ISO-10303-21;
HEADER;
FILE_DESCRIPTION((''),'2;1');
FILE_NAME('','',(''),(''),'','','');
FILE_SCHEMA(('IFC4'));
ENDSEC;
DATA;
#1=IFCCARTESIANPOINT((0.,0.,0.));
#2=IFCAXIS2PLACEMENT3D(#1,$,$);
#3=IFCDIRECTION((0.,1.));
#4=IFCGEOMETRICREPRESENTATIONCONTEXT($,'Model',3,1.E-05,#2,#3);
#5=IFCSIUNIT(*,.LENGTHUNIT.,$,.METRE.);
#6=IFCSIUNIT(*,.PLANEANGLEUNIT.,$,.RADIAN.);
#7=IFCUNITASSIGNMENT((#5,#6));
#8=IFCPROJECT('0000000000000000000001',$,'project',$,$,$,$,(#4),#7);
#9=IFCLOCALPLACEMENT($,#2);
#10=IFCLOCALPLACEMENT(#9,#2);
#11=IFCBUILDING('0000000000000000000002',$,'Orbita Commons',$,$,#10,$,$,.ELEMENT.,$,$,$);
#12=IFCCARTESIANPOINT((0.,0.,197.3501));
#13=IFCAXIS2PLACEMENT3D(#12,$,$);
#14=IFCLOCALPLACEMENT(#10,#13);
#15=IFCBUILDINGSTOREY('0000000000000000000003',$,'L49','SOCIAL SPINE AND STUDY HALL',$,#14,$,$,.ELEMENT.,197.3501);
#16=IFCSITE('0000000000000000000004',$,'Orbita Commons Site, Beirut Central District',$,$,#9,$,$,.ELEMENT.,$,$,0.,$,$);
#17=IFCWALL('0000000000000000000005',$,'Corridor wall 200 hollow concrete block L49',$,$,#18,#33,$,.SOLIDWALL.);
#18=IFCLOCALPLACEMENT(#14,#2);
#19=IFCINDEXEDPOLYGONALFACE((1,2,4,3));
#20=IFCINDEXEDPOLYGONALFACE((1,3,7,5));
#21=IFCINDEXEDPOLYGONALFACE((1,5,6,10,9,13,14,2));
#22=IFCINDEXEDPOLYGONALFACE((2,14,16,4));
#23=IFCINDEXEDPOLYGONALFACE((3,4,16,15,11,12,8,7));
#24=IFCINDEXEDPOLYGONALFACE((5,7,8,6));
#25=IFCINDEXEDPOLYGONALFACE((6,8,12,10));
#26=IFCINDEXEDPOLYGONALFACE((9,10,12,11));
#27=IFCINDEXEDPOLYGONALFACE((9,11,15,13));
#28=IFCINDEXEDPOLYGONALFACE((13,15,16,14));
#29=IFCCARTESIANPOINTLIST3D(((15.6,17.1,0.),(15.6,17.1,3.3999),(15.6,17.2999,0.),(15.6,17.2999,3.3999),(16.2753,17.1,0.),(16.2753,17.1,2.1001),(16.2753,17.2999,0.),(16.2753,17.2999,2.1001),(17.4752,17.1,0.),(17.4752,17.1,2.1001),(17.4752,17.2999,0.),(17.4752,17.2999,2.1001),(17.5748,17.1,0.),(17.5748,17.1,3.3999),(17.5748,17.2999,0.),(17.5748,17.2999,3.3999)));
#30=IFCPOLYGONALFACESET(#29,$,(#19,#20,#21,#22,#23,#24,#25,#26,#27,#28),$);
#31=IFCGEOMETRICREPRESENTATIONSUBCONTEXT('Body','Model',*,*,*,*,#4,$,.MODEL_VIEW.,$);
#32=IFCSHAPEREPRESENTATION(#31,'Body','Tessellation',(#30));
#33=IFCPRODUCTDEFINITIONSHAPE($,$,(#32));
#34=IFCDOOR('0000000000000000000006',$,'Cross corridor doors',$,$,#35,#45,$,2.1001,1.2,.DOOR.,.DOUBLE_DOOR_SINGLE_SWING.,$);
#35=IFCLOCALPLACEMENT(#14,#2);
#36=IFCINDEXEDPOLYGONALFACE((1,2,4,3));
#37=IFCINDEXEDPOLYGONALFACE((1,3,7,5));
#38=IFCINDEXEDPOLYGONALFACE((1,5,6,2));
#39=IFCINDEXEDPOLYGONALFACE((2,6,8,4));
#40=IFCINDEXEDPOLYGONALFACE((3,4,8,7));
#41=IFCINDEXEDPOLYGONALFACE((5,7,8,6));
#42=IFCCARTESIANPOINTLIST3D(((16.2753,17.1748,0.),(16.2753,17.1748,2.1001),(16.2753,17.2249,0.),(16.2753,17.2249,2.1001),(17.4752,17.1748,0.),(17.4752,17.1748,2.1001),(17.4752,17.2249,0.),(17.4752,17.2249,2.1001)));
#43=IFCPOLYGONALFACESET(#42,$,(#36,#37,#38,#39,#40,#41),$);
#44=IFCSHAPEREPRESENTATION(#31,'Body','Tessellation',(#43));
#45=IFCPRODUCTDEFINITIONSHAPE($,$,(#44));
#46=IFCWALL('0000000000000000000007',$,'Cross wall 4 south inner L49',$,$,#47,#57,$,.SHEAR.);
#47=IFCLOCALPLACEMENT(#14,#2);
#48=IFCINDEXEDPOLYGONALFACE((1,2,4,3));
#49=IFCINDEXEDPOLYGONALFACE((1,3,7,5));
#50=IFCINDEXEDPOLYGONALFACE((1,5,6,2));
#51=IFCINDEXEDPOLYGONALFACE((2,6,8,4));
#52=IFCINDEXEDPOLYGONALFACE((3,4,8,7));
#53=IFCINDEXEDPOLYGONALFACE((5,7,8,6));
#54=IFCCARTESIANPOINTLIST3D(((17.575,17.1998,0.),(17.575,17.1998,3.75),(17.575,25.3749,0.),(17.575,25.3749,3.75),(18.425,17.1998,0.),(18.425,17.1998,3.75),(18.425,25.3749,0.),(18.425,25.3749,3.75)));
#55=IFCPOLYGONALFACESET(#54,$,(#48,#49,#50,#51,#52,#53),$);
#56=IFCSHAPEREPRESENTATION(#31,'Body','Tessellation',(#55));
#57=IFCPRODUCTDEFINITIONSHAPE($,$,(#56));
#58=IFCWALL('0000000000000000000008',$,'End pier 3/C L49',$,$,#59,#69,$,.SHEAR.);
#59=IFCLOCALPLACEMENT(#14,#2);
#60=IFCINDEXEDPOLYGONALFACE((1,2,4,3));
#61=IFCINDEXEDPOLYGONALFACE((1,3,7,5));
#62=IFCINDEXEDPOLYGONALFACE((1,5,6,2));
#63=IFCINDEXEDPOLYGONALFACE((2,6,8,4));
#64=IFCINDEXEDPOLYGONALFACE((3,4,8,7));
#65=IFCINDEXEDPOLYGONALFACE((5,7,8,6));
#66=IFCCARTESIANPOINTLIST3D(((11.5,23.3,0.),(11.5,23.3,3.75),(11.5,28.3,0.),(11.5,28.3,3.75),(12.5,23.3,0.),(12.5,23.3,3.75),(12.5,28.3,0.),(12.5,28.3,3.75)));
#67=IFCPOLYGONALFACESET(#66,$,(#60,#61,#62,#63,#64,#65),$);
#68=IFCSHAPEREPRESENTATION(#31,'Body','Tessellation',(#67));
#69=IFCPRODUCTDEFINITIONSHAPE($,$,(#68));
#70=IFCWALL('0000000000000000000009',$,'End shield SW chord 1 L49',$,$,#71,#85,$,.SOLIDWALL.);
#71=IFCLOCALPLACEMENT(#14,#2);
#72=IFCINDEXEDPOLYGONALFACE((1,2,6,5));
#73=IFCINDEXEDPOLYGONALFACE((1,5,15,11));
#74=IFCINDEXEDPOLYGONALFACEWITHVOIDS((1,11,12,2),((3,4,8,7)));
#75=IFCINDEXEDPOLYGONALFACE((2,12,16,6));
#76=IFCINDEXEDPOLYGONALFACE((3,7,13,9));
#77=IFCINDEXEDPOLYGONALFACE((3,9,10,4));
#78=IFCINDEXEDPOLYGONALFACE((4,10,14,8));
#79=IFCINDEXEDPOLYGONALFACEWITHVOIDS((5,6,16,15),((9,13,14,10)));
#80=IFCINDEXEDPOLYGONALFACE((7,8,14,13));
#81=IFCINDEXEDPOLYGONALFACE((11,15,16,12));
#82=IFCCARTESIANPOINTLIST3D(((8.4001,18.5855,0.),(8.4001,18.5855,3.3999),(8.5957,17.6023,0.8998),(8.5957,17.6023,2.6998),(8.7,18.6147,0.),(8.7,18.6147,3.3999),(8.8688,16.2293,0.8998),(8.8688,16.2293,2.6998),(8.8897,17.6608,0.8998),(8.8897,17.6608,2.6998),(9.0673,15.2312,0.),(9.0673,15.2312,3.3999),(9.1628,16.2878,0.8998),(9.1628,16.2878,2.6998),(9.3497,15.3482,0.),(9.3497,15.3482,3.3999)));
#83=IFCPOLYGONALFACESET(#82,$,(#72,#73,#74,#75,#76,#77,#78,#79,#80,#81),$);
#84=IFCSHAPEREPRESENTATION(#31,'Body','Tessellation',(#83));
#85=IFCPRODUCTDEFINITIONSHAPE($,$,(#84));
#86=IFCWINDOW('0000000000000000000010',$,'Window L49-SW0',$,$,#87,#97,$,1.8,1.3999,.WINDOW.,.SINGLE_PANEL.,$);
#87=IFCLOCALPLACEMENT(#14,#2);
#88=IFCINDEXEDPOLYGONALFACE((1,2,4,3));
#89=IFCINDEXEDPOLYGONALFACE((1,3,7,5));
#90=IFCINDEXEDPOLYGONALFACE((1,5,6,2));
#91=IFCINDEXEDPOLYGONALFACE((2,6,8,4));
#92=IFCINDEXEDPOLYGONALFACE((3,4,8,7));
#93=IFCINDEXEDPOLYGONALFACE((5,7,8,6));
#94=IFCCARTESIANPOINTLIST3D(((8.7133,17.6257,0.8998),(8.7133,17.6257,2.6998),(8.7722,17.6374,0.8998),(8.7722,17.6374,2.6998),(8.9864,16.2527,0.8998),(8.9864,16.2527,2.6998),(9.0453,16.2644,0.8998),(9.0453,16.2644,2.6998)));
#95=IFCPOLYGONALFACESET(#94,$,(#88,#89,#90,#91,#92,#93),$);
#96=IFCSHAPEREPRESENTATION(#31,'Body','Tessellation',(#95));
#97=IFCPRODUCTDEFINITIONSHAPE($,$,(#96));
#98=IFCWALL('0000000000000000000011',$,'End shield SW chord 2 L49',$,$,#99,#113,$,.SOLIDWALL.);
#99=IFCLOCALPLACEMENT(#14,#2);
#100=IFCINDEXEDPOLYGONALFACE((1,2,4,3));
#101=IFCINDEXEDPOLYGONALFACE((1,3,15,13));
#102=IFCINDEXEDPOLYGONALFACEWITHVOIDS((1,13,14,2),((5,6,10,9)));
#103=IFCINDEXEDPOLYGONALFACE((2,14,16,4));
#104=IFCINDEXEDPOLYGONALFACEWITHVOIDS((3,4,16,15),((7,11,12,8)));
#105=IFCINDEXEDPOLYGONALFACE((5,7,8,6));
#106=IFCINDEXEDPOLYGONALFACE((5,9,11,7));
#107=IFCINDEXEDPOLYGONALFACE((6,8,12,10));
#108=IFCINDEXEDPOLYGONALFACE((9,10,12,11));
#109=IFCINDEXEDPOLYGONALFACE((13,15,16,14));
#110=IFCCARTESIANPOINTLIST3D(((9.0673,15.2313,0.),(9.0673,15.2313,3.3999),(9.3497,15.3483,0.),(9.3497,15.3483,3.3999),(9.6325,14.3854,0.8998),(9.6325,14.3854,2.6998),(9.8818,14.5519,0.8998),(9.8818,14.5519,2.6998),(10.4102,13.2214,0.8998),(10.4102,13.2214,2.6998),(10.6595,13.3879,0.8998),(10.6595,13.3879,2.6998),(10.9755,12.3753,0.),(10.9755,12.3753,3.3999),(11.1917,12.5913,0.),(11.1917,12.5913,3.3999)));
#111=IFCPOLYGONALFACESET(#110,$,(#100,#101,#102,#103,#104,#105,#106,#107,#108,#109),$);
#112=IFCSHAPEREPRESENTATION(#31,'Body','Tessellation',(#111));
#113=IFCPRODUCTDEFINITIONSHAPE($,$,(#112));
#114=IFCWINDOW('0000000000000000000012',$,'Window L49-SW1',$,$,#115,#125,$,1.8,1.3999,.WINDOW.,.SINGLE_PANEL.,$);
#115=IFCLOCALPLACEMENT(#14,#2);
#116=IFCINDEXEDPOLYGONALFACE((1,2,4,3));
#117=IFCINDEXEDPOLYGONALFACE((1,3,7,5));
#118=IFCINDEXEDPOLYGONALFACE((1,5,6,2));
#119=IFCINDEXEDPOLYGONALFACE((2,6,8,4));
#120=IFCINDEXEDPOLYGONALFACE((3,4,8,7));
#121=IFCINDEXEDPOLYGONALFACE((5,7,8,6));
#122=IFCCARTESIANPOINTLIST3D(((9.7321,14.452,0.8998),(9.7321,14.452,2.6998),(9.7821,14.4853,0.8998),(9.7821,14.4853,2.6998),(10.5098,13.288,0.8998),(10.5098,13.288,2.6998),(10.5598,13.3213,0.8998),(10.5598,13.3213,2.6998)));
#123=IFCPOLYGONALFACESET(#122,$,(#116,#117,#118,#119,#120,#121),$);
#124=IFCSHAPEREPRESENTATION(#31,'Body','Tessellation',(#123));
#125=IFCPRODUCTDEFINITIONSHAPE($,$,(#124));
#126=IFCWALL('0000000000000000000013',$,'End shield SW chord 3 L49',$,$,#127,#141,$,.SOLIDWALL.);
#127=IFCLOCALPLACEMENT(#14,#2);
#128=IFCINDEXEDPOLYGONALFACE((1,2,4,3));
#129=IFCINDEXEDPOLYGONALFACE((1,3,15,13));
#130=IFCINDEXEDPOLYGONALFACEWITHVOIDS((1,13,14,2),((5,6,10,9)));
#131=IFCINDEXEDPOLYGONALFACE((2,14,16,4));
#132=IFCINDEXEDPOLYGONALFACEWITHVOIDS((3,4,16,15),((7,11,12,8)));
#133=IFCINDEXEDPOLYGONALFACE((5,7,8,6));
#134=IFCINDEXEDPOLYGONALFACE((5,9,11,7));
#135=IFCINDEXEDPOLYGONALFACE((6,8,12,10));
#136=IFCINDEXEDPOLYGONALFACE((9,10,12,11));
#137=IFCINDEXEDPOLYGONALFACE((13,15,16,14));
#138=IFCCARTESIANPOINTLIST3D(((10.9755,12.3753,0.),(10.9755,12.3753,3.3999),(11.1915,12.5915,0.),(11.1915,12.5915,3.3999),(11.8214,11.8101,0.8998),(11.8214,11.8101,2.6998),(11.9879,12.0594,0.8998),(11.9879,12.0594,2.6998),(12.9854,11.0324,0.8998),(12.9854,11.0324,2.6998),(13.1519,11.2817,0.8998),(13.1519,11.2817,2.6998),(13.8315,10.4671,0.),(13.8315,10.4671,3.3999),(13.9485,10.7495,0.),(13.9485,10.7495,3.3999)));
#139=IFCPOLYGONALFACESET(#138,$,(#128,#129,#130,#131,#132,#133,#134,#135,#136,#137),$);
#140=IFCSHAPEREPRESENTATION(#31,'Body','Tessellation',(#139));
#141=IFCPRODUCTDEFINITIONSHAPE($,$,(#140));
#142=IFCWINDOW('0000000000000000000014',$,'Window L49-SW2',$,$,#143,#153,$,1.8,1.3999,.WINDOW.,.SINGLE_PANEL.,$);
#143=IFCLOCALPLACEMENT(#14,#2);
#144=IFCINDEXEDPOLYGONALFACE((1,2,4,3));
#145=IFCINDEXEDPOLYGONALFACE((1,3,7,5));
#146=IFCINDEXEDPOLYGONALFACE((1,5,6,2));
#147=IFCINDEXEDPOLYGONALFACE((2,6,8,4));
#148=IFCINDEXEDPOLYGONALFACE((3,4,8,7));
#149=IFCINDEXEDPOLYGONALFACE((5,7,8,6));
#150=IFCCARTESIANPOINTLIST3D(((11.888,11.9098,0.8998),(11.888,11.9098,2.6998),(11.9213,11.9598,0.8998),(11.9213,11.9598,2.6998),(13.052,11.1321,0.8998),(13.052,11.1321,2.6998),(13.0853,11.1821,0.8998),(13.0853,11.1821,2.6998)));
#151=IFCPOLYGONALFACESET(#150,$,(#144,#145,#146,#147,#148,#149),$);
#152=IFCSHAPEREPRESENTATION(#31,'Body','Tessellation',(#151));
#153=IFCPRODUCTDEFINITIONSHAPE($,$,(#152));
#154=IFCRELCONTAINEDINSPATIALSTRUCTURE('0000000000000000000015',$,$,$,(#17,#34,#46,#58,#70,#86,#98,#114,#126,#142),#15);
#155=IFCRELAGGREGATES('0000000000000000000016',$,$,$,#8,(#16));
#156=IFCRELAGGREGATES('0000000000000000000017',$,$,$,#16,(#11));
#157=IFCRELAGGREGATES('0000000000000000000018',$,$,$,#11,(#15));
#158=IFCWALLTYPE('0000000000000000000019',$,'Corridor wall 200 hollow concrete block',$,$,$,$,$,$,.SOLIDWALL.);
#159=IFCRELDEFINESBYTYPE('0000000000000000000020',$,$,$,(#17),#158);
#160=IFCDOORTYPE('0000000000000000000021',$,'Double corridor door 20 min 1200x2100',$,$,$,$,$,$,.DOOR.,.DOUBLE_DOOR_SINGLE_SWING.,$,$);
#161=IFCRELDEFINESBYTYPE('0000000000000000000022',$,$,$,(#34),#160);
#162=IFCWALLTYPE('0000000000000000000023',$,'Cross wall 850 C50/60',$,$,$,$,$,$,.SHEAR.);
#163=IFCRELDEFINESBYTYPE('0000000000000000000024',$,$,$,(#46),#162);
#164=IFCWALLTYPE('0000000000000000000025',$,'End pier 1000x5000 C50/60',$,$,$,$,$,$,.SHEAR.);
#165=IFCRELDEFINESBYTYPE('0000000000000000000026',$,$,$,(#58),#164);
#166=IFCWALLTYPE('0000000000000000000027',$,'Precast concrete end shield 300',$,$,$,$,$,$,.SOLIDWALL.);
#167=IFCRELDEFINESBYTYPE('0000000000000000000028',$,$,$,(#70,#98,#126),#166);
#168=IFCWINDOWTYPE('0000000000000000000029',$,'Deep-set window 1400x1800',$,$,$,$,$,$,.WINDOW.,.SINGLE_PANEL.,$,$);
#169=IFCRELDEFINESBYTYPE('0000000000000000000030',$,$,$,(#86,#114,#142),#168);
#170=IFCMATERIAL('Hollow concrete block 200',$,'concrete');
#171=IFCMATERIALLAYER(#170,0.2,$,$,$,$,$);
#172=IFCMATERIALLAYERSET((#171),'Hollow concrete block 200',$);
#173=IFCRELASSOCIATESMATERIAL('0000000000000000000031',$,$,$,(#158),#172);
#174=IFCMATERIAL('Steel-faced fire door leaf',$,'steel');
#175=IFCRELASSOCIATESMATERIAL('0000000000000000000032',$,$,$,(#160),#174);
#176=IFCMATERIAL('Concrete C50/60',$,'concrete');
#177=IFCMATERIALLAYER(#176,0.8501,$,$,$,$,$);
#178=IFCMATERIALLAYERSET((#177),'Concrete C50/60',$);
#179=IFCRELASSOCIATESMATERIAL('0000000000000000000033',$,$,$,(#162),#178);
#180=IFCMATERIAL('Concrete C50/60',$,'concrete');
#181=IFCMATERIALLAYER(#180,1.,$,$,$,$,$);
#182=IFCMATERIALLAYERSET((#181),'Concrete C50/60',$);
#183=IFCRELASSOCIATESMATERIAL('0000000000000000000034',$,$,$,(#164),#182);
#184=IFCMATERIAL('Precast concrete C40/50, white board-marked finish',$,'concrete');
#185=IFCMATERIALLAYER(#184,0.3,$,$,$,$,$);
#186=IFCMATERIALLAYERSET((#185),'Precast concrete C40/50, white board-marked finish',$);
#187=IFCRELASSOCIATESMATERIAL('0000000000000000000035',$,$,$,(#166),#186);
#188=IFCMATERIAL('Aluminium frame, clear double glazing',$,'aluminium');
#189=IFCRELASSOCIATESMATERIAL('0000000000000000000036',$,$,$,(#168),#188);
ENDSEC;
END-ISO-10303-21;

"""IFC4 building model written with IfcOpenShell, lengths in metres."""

from ifc_helpers import new_model, si_unit, direction, frame, frame_2d, origin, place, context, subcontext, project, spatial, polyline, rectangle, outline, extrude, material, layer, layer_set, type_object, element, fill, save


model = new_model("IFC4")

# Units and contexts
model_context = context("Model", 3, precision=1e-05, world=origin(), true_north=direction((0.0, 1.0)))
body_context = subcontext(model_context, "Body", "Model", "MODEL_VIEW")
ifc_project = project(units=[si_unit("LENGTHUNIT", "METRE"), si_unit("PLANEANGLEUNIT", "RADIAN")], contexts=[model_context])

# Site, building, storey
site_placement = place(None, origin())
site = spatial("IfcSite", under=ifc_project, at=site_placement, Name="Orbita Commons Site, Beirut Central District", CompositionType="ELEMENT", RefElevation=0.0)
building_placement = place(site_placement, origin())
building = spatial("IfcBuilding", under=site, at=building_placement, Name="Orbita Commons", CompositionType="ELEMENT")
storey_placement = place(building_placement, frame((0.0, 0.0, 197.3501)))
storey = spatial("IfcBuildingStorey", under=building, at=storey_placement, Name="L49", Description="SOCIAL SPINE AND STUDY HALL", CompositionType="ELEMENT", Elevation=197.3501)

# Wall, opening, door
ifc_material_1 = material(Name="Hollow concrete block 200", Category="concrete")
ifc_layer_1 = layer(ifc_material_1, 0.2)
ifc_layer_set_1 = layer_set([ifc_layer_1], Name="Hollow concrete block 200")
wall_type_1 = type_object("IfcWallType", Name="Corridor wall 200 hollow concrete block", PredefinedType="SOLIDWALL", material=ifc_layer_set_1)
wall_1_placement = place(storey_placement, frame((15.6001, 17.2, 0.0), z_axis=(0.0, 0.0, 1.0), x_axis=(1.0, 0.0, 0.0)))
wall_1 = element("IfcWall", 1, at=wall_1_placement, inside=storey, type_object=wall_type_1, Name="Corridor wall 200 hollow concrete block L49", PredefinedType="SOLIDWALL", context=body_context, shape_type="SweptSolid", body=[
    extrude(rectangle(XDim=1.9749, YDim=0.2, at=frame_2d((0.9873, 0.0))), origin(), (0.0, 0.0, 1.0), 3.3999),
])
opening_1_placement = place(wall_1_placement, frame((0.675, 0.0, 0.0)))
opening_1 = element("IfcOpeningElement", 2, at=opening_1_placement, cuts=wall_1, PredefinedType="OPENING", context=body_context, shape_type="SweptSolid", body=[
    extrude(rectangle(XDim=1.2, YDim=2.1001, at=frame_2d((0.6001, 1.05))), frame((0.0, 0.1099, 0.0), z_axis=(0.0, -1.0, 0.0), x_axis=(1.0, 0.0, 0.0)), (0.0, 0.0, 1.0), 0.22),
])
ifc_material_2 = material(Name="Steel-faced fire door leaf", Category="steel")
door_type_1 = type_object("IfcDoorType", Name="Double corridor door 20 min 1200x2100", OperationType="DOUBLE_DOOR_SINGLE_SWING", PredefinedType="DOOR", material=ifc_material_2)
door_1_placement = place(opening_1_placement, origin())
door_1 = element("IfcDoor", 3, at=door_1_placement, inside=storey, type_object=door_type_1, Name="Cross corridor doors", OperationType="DOUBLE_DOOR_SINGLE_SWING", OverallHeight=2.1001, OverallWidth=1.2, PredefinedType="DOOR", context=body_context, shape_type="SweptSolid", body=[
    extrude(rectangle(XDim=1.2, YDim=2.1001, at=frame_2d((0.6001, 1.05))), frame((0.0, 0.0249, 0.0), z_axis=(0.0, -1.0, 0.0), x_axis=(1.0, 0.0, 0.0)), (0.0, 0.0, 1.0), 0.05),
])
fill(opening_1, door_1)

# Walls
ifc_material_3 = material(Name="Concrete C50/60", Category="concrete")
ifc_layer_2 = layer(ifc_material_3, 0.8501)
ifc_layer_set_2 = layer_set([ifc_layer_2], Name="Concrete C50/60")
wall_type_2 = type_object("IfcWallType", Name="Cross wall 850 C50/60", PredefinedType="SHEAR", material=ifc_layer_set_2)
wall_2_placement = place(storey_placement, frame((18.0, 17.2, 0.0), z_axis=(0.0, 0.0, 1.0), x_axis=(0.0, 1.0, 0.0)))
element("IfcWall", 4, at=wall_2_placement, inside=storey, type_object=wall_type_2, Name="Cross wall 4 south inner L49", PredefinedType="SHEAR", context=body_context, shape_type="SweptSolid", body=[
    extrude(rectangle(XDim=8.175, YDim=0.8501, at=frame_2d((4.0874, 0.0))), origin(), (0.0, 0.0, 1.0), 3.75),
])
ifc_material_4 = material(Name="Concrete C50/60", Category="concrete")
ifc_layer_3 = layer(ifc_material_4, 1.0)
ifc_layer_set_3 = layer_set([ifc_layer_3], Name="Concrete C50/60")
wall_type_3 = type_object("IfcWallType", Name="End pier 1000x5000 C50/60", PredefinedType="SHEAR", material=ifc_layer_set_3)
wall_3_placement = place(storey_placement, frame((12.0, 23.3, 0.0), z_axis=(0.0, 0.0, 1.0), x_axis=(0.0, 1.0, 0.0)))
element("IfcWall", 5, at=wall_3_placement, inside=storey, type_object=wall_type_3, Name="End pier 3/C L49", PredefinedType="SHEAR", context=body_context, shape_type="SweptSolid", body=[
    extrude(rectangle(XDim=5.0, YDim=1.0, at=frame_2d((2.5, 0.0))), origin(), (0.0, 0.0, 1.0), 3.75),
])

# Walls, openings, windows
ifc_material_5 = material(Name="Precast concrete C40/50, white board-marked finish", Category="concrete")
ifc_layer_4 = layer(ifc_material_5, 0.3)
ifc_layer_set_4 = layer_set([ifc_layer_4], Name="Precast concrete C40/50, white board-marked finish")
wall_type_4 = type_object("IfcWallType", Name="Precast concrete end shield 300", PredefinedType="SOLIDWALL", material=ifc_layer_set_4)
wall_4_placement = place(storey_placement, frame((8.55, 18.6001, 0.0), z_axis=(0.0, 0.0, 1.0), x_axis=(0.195087, -0.980786, 0.0)))
wall_4 = element("IfcWall", 6, at=wall_4_placement, inside=storey, type_object=wall_type_4, Name="End shield SW chord 1 L49", PredefinedType="SOLIDWALL", context=body_context, shape_type="SweptSolid", body=[
    extrude(outline(polyline([(-0.0149, -0.1499), (3.405, -0.1499), (3.3455, 0.1499), (0.0149, 0.1499), (-0.0149, -0.1499)])), origin(), (0.0, 0.0, 1.0), 3.3999),
])
opening_2_placement = place(wall_4_placement, frame((0.9875, 0.0, 0.8999)))
opening_2 = element("IfcOpeningElement", 7, at=opening_2_placement, cuts=wall_4, PredefinedType="OPENING", context=body_context, shape_type="SweptSolid", body=[
    extrude(rectangle(XDim=1.3999, YDim=1.8, at=frame_2d((0.7, 0.8999))), frame((0.0, 0.1599, 0.0), z_axis=(0.0, -1.0, 0.0), x_axis=(1.0, 0.0, 0.0)), (0.0, 0.0, 1.0), 0.3201),
])
ifc_material_6 = material(Name="Aluminium frame, clear double glazing", Category="aluminium")
window_type = type_object("IfcWindowType", Name="Deep-set window 1400x1800", PartitioningType="SINGLE_PANEL", PredefinedType="WINDOW", material=ifc_material_6)
window_1_placement = place(opening_2_placement, origin())
window_1 = element("IfcWindow", 8, at=window_1_placement, inside=storey, type_object=window_type, Name="Window L49-SW0", OverallHeight=1.8, OverallWidth=1.3999, PartitioningType="SINGLE_PANEL", PredefinedType="WINDOW", context=body_context, shape_type="SweptSolid", body=[
    extrude(rectangle(XDim=1.3999, YDim=1.8, at=frame_2d((0.7, 0.8999))), frame((0.0, 0.03, 0.0), z_axis=(0.0, -1.0, 0.0), x_axis=(1.0, 0.0, 0.0)), (0.0, 0.0, 1.0), 0.0601),
])
fill(opening_2, window_1)
wall_5_placement = place(storey_placement, frame((9.2085, 15.2898, 0.0), z_axis=(0.0, 0.0, 1.0), x_axis=(0.555535, -0.831493, 0.0)))
wall_5 = element("IfcWall", 9, at=wall_5_placement, inside=storey, type_object=wall_type_4, Name="End shield SW chord 2 L49", PredefinedType="SOLIDWALL", context=body_context, shape_type="SweptSolid", body=[
    extrude(outline(polyline([(-0.0298, -0.1499), (3.405, -0.1499), (3.3455, 0.1499), (0.0298, 0.1499), (-0.0298, -0.1499)])), origin(), (0.0, 0.0, 1.0), 3.3999),
])
opening_3_placement = place(wall_5_placement, frame((0.9875, 0.0, 0.8999)))
opening_3 = element("IfcOpeningElement", 10, at=opening_3_placement, cuts=wall_5, PredefinedType="OPENING", context=body_context, shape_type="SweptSolid", body=[
    extrude(rectangle(XDim=1.3999, YDim=1.8, at=frame_2d((0.7, 0.8999))), frame((0.0, 0.1599, 0.0), z_axis=(0.0, -1.0, 0.0), x_axis=(1.0, 0.0, 0.0)), (0.0, 0.0, 1.0), 0.3201),
])
window_2_placement = place(opening_3_placement, origin())
window_2 = element("IfcWindow", 11, at=window_2_placement, inside=storey, type_object=window_type, Name="Window L49-SW1", OverallHeight=1.8, OverallWidth=1.3999, PartitioningType="SINGLE_PANEL", PredefinedType="WINDOW", context=body_context, shape_type="SweptSolid", body=[
    extrude(rectangle(XDim=1.3999, YDim=1.8, at=frame_2d((0.7, 0.8999))), frame((0.0, 0.03, 0.0), z_axis=(0.0, -1.0, 0.0), x_axis=(1.0, 0.0, 0.0)), (0.0, 0.0, 1.0), 0.0601),
])
fill(opening_3, window_2)
wall_6_placement = place(storey_placement, frame((11.0835, 12.4834, 0.0), z_axis=(0.0, 0.0, 1.0), x_axis=(0.831493, -0.555535, 0.0)))
wall_6 = element("IfcWall", 12, at=wall_6_placement, inside=storey, type_object=wall_type_4, Name="End shield SW chord 3 L49", PredefinedType="SOLIDWALL", context=body_context, shape_type="SweptSolid", body=[
    extrude(outline(polyline([(-0.0298, -0.1499), (3.405, -0.1499), (3.3455, 0.1499), (0.0298, 0.1499), (-0.0298, -0.1499)])), origin(), (0.0, 0.0, 1.0), 3.3999),
])
opening_4_placement = place(wall_6_placement, frame((0.9875, 0.0, 0.8999)))
opening_4 = element("IfcOpeningElement", 13, at=opening_4_placement, cuts=wall_6, PredefinedType="OPENING", context=body_context, shape_type="SweptSolid", body=[
    extrude(rectangle(XDim=1.3999, YDim=1.8, at=frame_2d((0.7, 0.8999))), frame((0.0, 0.1599, 0.0), z_axis=(0.0, -1.0, 0.0), x_axis=(1.0, 0.0, 0.0)), (0.0, 0.0, 1.0), 0.3201),
])
window_3_placement = place(opening_4_placement, origin())
window_3 = element("IfcWindow", 14, at=window_3_placement, inside=storey, type_object=window_type, Name="Window L49-SW2", OverallHeight=1.8, OverallWidth=1.3999, PartitioningType="SINGLE_PANEL", PredefinedType="WINDOW", context=body_context, shape_type="SweptSolid", body=[
    extrude(rectangle(XDim=1.3999, YDim=1.8, at=frame_2d((0.7, 0.8999))), frame((0.0, 0.03, 0.0), z_axis=(0.0, -1.0, 0.0), x_axis=(1.0, 0.0, 0.0)), (0.0, 0.0, 1.0), 0.0601),
])
fill(opening_4, window_3)

save(model, "model.ifc")
